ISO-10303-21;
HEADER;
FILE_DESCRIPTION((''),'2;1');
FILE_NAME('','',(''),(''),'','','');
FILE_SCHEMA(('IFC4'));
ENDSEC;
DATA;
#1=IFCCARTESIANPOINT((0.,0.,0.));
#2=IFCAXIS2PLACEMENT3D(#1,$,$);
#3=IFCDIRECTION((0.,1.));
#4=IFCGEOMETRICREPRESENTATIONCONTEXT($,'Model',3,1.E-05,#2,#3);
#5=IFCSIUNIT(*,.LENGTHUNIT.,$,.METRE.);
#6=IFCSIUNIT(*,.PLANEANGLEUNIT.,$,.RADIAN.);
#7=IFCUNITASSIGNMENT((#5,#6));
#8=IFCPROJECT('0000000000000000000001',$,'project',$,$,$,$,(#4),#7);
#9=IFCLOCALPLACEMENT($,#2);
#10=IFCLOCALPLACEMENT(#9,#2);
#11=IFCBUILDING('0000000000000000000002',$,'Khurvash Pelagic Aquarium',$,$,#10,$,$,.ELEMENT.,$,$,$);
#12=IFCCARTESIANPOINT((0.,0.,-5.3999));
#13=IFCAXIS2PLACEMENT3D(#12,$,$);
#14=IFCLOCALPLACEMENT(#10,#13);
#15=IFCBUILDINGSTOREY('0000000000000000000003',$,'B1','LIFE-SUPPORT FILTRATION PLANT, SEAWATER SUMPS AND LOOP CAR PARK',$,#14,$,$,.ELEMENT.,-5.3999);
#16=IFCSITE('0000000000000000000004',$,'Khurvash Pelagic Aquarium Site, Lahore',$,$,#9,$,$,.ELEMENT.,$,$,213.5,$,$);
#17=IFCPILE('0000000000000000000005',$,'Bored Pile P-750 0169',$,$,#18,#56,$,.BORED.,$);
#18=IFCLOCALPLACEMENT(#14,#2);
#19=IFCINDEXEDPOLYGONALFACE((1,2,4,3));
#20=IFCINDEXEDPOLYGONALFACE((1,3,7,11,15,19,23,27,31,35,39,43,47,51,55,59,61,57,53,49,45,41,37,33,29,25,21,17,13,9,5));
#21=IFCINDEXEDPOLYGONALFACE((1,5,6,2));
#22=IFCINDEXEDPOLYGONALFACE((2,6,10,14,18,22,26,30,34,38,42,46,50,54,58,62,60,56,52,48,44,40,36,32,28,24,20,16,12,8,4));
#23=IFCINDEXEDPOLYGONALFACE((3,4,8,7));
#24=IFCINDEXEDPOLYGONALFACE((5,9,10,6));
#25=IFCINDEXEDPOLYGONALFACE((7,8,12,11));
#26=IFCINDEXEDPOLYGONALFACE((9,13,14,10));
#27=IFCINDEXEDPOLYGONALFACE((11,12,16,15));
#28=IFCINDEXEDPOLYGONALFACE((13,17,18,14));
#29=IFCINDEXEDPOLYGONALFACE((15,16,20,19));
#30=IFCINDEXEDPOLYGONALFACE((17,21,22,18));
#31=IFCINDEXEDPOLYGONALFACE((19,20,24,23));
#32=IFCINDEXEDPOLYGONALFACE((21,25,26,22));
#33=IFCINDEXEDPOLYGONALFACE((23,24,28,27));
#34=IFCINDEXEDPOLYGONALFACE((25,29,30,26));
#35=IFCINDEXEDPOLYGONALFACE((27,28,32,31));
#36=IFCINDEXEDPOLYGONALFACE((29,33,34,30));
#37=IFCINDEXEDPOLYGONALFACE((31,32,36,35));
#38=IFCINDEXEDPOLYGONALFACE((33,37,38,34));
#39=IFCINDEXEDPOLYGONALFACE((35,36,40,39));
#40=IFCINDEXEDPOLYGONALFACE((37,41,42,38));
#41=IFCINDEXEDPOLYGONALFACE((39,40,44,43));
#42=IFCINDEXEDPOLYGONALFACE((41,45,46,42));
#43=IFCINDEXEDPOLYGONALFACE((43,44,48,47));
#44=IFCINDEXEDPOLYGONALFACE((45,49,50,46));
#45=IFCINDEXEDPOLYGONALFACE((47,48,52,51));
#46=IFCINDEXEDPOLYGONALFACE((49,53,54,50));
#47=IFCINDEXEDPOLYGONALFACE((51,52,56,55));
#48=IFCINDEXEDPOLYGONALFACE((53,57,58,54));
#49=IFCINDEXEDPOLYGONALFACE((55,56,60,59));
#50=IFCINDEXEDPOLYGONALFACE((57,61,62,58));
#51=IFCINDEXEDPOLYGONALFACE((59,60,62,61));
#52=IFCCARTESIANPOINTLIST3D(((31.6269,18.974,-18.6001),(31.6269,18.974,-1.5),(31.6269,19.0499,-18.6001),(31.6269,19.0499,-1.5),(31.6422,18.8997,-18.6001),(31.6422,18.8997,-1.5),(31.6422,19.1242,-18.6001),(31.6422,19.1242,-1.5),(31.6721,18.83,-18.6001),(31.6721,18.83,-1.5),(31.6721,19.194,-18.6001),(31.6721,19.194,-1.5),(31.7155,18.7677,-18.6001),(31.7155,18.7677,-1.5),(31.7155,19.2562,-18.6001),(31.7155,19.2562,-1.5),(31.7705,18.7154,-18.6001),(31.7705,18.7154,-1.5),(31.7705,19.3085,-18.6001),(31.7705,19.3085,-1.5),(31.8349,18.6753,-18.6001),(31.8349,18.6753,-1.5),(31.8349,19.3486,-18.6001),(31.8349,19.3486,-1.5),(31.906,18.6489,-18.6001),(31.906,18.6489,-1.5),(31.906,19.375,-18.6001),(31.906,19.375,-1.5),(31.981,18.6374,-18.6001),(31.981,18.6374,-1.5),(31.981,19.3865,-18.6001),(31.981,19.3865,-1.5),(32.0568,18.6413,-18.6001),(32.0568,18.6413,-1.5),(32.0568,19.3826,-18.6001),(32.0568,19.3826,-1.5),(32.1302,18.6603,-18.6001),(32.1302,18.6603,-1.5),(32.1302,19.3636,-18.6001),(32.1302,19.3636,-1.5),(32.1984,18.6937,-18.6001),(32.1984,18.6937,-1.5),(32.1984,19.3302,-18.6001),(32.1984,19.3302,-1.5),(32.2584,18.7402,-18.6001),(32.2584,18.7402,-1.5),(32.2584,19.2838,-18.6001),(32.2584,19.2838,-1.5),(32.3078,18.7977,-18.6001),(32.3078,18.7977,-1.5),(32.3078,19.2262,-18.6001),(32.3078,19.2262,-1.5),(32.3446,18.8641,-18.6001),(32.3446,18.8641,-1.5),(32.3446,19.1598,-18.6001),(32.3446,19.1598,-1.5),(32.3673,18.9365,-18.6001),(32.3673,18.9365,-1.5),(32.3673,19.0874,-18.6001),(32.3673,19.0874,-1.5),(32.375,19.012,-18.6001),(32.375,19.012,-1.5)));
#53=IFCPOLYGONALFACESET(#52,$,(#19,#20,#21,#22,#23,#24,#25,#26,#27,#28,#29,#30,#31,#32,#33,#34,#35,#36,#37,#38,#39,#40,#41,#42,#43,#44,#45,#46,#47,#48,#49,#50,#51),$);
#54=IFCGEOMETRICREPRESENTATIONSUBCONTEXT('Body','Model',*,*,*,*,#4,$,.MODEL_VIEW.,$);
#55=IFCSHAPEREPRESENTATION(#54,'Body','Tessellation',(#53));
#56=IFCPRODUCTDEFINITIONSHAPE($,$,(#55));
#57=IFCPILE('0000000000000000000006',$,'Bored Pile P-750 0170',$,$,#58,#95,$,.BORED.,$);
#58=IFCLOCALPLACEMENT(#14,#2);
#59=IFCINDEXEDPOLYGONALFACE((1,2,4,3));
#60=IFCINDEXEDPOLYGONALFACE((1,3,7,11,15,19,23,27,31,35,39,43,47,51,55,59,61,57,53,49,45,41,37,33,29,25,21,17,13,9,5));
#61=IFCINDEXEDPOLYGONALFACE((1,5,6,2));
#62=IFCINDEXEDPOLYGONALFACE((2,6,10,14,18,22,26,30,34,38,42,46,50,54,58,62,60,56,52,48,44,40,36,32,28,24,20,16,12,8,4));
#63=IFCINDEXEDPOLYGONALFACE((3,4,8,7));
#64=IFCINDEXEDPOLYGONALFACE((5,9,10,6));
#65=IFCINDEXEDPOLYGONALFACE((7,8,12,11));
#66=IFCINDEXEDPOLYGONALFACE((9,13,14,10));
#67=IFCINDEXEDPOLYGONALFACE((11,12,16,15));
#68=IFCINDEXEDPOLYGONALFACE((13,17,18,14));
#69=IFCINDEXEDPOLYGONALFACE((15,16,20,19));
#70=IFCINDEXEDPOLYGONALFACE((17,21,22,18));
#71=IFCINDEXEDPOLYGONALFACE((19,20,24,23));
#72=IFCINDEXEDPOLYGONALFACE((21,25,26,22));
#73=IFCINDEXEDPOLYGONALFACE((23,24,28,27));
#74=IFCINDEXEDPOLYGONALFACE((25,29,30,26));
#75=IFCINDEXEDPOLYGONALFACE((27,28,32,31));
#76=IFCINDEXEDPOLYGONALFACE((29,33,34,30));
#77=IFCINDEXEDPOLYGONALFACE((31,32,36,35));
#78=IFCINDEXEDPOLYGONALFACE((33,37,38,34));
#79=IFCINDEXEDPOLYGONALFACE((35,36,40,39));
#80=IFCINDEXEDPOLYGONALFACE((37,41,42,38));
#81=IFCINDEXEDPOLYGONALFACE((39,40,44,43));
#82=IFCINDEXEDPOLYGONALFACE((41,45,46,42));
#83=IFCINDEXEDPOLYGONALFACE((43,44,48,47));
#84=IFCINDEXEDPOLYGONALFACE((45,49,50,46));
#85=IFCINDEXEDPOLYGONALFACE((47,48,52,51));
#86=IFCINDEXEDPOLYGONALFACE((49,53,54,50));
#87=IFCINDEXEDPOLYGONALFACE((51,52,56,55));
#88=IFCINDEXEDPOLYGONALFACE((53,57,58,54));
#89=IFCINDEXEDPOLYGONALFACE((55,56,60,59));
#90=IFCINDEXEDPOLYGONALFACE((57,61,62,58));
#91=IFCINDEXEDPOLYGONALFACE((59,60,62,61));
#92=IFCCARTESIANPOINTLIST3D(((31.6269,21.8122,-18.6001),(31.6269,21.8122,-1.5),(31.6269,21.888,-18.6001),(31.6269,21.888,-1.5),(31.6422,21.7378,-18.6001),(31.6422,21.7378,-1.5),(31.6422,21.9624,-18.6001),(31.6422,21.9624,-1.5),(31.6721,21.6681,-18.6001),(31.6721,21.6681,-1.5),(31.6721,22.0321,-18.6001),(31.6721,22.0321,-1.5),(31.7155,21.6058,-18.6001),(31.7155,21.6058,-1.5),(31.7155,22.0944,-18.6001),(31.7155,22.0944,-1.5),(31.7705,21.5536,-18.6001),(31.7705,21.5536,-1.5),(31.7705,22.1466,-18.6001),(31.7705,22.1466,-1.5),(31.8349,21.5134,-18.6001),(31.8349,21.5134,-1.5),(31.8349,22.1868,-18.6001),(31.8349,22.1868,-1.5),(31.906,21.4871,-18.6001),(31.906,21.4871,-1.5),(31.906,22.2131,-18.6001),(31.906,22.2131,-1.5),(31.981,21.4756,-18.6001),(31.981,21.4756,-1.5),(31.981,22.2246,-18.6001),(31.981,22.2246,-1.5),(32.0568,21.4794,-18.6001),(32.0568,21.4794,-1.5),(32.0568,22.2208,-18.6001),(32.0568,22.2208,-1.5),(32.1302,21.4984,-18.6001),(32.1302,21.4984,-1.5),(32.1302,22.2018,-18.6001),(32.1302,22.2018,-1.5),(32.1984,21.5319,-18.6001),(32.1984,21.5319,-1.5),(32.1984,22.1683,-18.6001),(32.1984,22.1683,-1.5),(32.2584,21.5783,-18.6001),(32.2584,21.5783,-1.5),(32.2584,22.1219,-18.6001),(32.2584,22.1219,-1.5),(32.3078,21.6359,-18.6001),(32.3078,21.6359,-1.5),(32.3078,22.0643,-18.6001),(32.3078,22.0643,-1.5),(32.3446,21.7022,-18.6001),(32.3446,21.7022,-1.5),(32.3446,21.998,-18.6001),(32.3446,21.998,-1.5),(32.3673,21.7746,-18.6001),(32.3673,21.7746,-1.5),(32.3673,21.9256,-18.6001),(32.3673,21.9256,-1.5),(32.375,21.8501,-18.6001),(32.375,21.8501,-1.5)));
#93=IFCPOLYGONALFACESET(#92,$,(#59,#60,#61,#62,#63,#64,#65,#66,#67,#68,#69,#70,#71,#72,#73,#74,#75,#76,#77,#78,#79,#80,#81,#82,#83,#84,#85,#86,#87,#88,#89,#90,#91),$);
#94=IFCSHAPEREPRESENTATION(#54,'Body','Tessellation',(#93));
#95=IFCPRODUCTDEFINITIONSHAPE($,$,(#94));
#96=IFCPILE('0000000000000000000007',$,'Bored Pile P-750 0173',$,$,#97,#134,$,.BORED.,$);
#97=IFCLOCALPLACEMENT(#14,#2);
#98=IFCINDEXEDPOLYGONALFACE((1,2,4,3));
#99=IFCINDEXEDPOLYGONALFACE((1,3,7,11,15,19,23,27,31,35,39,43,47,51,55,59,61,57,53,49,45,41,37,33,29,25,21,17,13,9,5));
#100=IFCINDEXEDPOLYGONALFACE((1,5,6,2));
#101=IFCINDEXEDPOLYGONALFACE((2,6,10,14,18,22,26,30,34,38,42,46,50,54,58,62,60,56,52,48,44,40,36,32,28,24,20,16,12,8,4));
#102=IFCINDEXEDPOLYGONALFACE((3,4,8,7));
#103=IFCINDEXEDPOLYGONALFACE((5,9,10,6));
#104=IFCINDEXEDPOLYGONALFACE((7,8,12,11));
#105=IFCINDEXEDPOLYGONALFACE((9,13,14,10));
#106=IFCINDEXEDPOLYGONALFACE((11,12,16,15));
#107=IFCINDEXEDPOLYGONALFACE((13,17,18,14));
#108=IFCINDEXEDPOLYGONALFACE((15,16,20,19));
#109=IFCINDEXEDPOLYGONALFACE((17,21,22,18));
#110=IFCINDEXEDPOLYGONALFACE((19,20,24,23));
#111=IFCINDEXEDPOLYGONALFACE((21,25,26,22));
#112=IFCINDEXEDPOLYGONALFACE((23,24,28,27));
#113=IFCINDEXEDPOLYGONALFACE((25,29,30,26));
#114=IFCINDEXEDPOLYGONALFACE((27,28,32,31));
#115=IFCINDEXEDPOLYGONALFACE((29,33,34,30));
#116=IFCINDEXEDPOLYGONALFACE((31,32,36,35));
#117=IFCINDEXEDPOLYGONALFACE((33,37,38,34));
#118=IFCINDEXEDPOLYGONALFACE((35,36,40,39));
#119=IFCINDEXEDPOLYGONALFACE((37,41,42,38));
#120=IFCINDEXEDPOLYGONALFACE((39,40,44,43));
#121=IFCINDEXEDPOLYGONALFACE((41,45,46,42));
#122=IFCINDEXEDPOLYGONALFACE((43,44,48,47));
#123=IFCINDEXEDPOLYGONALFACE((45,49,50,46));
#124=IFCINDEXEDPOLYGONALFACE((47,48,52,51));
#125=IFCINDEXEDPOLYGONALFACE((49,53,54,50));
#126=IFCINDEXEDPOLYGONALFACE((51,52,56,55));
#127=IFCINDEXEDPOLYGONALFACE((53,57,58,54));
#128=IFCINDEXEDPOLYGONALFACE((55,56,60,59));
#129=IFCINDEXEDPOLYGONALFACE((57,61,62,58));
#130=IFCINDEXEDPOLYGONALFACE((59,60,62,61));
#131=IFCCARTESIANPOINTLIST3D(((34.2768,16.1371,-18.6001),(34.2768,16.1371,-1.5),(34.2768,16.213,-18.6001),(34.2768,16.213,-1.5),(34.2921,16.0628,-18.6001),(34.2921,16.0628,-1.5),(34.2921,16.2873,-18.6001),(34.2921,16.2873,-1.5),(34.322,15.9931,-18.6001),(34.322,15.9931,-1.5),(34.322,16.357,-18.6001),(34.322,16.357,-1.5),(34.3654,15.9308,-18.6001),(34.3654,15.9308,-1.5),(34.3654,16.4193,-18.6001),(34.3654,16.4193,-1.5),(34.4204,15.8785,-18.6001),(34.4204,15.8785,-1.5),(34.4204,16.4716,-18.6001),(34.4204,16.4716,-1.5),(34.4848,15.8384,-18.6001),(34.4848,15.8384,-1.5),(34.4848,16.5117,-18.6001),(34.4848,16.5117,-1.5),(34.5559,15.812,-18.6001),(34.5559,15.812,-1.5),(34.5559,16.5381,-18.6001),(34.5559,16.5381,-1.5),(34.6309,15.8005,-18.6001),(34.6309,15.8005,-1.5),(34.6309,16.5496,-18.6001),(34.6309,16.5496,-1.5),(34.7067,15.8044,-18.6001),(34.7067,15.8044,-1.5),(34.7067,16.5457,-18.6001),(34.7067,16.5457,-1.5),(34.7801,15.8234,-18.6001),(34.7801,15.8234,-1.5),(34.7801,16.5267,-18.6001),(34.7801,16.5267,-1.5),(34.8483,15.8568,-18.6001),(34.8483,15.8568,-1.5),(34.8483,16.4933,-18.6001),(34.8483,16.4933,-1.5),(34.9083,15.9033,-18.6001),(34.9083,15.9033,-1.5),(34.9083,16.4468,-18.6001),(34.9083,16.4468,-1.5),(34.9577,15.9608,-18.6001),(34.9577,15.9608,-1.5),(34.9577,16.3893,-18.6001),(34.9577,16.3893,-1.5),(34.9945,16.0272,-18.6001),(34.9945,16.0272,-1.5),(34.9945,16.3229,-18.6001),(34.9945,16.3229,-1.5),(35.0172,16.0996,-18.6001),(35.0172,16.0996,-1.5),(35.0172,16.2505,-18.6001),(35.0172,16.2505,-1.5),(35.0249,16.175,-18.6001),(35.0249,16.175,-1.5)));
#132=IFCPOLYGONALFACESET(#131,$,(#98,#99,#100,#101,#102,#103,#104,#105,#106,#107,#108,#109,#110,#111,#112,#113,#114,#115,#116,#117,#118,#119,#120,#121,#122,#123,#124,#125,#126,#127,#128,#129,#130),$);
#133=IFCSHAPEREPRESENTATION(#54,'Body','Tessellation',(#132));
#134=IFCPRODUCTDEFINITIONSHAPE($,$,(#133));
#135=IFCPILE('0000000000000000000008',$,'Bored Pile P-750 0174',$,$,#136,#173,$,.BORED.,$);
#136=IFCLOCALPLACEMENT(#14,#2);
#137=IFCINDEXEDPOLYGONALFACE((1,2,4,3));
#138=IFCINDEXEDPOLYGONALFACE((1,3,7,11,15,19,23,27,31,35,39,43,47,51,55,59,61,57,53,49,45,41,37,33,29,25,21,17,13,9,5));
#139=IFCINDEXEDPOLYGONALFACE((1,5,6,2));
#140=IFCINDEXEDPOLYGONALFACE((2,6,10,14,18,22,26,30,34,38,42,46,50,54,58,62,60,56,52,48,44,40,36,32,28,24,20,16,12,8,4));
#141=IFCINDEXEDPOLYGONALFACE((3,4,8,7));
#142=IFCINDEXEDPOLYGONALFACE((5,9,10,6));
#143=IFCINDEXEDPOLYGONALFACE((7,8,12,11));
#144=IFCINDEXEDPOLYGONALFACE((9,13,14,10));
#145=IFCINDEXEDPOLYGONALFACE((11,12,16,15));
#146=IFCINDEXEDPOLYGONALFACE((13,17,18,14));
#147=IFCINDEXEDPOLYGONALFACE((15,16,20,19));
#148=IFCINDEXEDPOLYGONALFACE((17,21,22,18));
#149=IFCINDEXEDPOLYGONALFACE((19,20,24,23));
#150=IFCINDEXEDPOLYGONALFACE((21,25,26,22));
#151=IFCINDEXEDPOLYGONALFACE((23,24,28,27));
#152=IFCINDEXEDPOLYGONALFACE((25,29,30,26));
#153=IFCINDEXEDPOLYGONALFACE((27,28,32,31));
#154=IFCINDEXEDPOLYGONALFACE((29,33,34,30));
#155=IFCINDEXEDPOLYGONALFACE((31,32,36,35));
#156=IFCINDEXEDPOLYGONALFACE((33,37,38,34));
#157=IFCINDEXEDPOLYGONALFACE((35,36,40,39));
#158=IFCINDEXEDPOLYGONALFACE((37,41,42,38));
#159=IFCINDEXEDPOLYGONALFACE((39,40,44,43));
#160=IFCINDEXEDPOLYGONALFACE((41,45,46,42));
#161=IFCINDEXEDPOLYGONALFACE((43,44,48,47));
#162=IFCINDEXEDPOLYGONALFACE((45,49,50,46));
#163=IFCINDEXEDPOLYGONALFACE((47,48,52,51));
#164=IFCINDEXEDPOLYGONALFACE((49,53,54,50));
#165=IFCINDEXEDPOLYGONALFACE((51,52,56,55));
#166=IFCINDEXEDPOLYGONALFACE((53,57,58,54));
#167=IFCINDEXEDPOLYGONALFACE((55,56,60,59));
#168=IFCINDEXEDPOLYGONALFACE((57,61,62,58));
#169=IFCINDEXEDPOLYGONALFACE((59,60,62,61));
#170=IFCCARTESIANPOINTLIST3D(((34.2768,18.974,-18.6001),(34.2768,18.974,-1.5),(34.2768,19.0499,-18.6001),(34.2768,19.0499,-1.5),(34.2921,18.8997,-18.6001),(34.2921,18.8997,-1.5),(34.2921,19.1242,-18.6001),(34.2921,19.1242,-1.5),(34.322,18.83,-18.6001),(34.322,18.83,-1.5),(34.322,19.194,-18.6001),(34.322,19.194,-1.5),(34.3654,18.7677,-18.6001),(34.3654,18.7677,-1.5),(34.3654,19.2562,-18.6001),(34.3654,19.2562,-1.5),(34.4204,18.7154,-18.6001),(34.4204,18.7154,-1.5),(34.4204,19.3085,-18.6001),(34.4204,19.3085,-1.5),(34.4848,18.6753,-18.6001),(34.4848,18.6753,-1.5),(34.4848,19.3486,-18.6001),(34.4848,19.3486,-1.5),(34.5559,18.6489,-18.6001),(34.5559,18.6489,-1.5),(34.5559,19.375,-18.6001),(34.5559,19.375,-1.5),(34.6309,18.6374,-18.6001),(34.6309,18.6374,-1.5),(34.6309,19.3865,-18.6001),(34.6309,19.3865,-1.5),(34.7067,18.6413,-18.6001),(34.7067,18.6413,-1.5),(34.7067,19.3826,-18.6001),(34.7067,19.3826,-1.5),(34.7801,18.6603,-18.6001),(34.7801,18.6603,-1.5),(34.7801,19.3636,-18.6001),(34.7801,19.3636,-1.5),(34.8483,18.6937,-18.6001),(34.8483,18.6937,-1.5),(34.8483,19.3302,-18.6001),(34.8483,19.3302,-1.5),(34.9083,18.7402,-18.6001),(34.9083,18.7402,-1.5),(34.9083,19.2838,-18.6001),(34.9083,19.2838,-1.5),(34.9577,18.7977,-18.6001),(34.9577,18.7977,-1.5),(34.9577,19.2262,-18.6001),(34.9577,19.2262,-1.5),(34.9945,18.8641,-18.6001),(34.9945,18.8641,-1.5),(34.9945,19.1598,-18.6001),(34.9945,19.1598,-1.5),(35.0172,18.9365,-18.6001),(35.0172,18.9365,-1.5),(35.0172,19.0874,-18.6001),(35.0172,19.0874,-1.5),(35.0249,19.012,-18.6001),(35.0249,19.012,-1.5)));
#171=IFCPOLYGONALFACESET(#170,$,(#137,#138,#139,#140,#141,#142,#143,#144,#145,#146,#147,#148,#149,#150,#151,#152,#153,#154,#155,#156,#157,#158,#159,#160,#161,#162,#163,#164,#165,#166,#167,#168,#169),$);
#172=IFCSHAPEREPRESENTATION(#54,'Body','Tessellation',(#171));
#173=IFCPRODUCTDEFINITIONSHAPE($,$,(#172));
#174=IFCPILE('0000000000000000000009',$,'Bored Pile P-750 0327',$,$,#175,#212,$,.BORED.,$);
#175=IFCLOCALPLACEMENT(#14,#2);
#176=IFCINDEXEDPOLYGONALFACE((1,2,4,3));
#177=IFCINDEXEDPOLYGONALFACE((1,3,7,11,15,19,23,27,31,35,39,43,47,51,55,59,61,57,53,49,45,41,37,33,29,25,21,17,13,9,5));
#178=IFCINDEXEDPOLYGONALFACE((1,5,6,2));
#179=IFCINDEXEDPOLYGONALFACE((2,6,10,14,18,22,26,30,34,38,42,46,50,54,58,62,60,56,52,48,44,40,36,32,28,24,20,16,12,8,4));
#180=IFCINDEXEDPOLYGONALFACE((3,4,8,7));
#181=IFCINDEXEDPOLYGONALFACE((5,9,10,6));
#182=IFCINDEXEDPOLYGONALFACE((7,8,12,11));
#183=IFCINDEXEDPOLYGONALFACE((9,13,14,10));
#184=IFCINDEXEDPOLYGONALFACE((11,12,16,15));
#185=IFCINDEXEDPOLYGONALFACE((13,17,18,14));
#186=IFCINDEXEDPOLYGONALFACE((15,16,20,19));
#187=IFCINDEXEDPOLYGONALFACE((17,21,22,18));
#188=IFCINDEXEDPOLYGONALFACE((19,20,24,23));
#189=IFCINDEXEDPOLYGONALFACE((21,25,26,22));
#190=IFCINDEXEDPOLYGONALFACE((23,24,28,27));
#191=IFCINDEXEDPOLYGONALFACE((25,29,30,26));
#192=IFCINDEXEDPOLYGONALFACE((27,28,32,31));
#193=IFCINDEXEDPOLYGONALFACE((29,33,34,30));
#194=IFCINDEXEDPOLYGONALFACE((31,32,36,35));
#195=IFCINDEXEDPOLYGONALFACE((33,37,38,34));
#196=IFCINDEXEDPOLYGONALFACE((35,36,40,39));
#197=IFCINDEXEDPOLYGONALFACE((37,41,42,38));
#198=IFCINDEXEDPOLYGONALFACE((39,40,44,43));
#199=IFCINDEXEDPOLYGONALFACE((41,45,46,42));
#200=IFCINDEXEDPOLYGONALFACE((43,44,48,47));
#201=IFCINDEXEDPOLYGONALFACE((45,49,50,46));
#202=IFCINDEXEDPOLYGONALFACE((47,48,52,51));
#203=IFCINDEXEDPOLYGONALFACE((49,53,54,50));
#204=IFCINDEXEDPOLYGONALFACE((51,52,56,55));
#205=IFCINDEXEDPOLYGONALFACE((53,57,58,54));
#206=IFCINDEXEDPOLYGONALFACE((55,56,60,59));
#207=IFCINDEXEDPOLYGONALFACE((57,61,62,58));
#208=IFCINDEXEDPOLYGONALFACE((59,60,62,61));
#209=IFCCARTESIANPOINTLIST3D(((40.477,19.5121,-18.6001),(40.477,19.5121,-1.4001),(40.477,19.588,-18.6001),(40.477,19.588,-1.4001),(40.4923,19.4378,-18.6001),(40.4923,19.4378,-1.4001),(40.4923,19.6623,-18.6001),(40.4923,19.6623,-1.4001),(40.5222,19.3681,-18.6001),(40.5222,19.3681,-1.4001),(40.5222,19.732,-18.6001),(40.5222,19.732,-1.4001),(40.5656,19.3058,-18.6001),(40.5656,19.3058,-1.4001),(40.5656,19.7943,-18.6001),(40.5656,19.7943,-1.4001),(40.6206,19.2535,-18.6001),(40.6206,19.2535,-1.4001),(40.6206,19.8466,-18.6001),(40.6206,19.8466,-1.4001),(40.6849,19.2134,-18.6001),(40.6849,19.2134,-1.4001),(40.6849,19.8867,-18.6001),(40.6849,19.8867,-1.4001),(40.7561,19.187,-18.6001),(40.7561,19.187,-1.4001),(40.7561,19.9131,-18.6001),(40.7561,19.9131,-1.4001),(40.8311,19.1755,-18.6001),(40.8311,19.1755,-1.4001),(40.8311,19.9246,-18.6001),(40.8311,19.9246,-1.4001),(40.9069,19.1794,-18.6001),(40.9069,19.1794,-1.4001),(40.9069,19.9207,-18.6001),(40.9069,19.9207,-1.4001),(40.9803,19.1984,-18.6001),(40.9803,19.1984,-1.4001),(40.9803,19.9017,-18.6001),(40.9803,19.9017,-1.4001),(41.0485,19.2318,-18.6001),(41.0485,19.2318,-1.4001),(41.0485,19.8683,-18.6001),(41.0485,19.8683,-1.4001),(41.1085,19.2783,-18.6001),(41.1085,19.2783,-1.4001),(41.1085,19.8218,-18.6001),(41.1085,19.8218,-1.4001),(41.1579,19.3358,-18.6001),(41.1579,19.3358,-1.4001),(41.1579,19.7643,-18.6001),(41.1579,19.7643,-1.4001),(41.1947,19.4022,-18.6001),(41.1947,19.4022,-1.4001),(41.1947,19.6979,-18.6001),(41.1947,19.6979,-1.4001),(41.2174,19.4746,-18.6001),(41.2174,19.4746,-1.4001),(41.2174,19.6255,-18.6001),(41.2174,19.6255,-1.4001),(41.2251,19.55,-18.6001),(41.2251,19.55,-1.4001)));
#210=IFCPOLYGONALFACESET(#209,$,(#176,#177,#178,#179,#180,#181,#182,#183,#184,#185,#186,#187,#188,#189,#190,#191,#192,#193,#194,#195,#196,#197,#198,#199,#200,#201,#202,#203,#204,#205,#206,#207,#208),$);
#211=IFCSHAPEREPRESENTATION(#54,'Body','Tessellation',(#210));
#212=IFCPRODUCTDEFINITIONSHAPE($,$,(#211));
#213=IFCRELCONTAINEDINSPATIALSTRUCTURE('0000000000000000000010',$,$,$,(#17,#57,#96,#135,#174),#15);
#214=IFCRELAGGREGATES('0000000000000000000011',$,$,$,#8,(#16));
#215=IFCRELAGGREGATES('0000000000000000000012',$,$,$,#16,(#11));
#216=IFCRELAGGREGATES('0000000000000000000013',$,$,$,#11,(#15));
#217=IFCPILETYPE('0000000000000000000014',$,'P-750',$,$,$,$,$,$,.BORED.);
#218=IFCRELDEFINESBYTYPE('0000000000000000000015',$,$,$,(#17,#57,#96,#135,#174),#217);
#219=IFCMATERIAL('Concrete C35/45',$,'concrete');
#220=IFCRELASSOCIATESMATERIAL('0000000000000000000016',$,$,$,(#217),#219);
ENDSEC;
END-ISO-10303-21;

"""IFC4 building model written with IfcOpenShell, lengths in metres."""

from ifc_helpers import new_model, si_unit, direction, frame, origin, origin_2d, place, context, subcontext, project, spatial, circle, extrude, material, material_profile, profile_set, type_object, element, save


model = new_model("IFC4")

# Units and contexts
model_context = context("Model", 3, precision=1e-05, world=origin(), true_north=direction((0.0, 1.0)))
body_context = subcontext(model_context, "Body", "Model", "MODEL_VIEW")
ifc_project = project(units=[si_unit("LENGTHUNIT", "METRE"), si_unit("PLANEANGLEUNIT", "RADIAN")], contexts=[model_context])

# Site, building, storey
site_placement = place(None, origin())
site = spatial("IfcSite", under=ifc_project, at=site_placement, Name="Khurvash Pelagic Aquarium Site, Lahore", CompositionType="ELEMENT", RefElevation=213.5)
building_placement = place(site_placement, origin())
building = spatial("IfcBuilding", under=site, at=building_placement, Name="Khurvash Pelagic Aquarium", CompositionType="ELEMENT")
storey_placement = place(building_placement, frame((0.0, 0.0, -5.3999)))
storey = spatial("IfcBuildingStorey", under=building, at=storey_placement, Name="B1", Description="LIFE-SUPPORT FILTRATION PLANT, SEAWATER SUMPS AND LOOP CAR PARK", CompositionType="ELEMENT", Elevation=-5.3999)

# Shared definitions
ifc_material_1 = material(Name="Concrete C35/45", Category="concrete")

# Piles
ifc_material_profile_1 = material_profile(ifc_material_1, circle(Radius=0.375, at=origin_2d()), Name="PILE750")
ifc_profile_set_1 = profile_set([ifc_material_profile_1], Name="Concrete C35/45")
pile_type = type_object("IfcPileType", Name="P-750", PredefinedType="BORED", material=ifc_profile_set_1)
for number, where, z_axis, x_axis, name in (
    (1, (32.0, 19.012, -1.5), (0.0, 0.0, -1.0), (1.0, 0.0, 0.0), "Bored Pile P-750 0169"),
    (2, (32.0, 21.8501, -1.5), (0.0, 0.0, -1.0), (1.0, 0.0, 0.0), "Bored Pile P-750 0170"),
    (3, (34.6499, 16.175, -1.5), (0.0, 0.0, -1.0), (1.0, 0.0, 0.0), "Bored Pile P-750 0173"),
    (4, (34.6499, 19.012, -1.5), (0.0, 0.0, -1.0), (1.0, 0.0, 0.0), "Bored Pile P-750 0174"),
):
    element("IfcPile", number, at=place(storey_placement, frame(where, z_axis=z_axis, x_axis=x_axis)), inside=storey, type_object=pile_type, Name=name, PredefinedType="BORED", context=body_context, shape_type="SweptSolid", body=[
        extrude(circle(Radius=0.375, at=origin_2d()), origin(), (0.0, 0.0, 1.0), 17.1001),
    ])
pile_placement = place(storey_placement, frame((40.8501, 19.55, -1.4001), z_axis=(0.0, 0.0, -1.0), x_axis=(1.0, 0.0, 0.0)))
element("IfcPile", 5, at=pile_placement, inside=storey, type_object=pile_type, Name="Bored Pile P-750 0327", PredefinedType="BORED", context=body_context, shape_type="SweptSolid", body=[
    extrude(circle(Radius=0.375, at=origin_2d()), origin(), (0.0, 0.0, 1.0), 17.2),
])

save(model, "model.ifc")
